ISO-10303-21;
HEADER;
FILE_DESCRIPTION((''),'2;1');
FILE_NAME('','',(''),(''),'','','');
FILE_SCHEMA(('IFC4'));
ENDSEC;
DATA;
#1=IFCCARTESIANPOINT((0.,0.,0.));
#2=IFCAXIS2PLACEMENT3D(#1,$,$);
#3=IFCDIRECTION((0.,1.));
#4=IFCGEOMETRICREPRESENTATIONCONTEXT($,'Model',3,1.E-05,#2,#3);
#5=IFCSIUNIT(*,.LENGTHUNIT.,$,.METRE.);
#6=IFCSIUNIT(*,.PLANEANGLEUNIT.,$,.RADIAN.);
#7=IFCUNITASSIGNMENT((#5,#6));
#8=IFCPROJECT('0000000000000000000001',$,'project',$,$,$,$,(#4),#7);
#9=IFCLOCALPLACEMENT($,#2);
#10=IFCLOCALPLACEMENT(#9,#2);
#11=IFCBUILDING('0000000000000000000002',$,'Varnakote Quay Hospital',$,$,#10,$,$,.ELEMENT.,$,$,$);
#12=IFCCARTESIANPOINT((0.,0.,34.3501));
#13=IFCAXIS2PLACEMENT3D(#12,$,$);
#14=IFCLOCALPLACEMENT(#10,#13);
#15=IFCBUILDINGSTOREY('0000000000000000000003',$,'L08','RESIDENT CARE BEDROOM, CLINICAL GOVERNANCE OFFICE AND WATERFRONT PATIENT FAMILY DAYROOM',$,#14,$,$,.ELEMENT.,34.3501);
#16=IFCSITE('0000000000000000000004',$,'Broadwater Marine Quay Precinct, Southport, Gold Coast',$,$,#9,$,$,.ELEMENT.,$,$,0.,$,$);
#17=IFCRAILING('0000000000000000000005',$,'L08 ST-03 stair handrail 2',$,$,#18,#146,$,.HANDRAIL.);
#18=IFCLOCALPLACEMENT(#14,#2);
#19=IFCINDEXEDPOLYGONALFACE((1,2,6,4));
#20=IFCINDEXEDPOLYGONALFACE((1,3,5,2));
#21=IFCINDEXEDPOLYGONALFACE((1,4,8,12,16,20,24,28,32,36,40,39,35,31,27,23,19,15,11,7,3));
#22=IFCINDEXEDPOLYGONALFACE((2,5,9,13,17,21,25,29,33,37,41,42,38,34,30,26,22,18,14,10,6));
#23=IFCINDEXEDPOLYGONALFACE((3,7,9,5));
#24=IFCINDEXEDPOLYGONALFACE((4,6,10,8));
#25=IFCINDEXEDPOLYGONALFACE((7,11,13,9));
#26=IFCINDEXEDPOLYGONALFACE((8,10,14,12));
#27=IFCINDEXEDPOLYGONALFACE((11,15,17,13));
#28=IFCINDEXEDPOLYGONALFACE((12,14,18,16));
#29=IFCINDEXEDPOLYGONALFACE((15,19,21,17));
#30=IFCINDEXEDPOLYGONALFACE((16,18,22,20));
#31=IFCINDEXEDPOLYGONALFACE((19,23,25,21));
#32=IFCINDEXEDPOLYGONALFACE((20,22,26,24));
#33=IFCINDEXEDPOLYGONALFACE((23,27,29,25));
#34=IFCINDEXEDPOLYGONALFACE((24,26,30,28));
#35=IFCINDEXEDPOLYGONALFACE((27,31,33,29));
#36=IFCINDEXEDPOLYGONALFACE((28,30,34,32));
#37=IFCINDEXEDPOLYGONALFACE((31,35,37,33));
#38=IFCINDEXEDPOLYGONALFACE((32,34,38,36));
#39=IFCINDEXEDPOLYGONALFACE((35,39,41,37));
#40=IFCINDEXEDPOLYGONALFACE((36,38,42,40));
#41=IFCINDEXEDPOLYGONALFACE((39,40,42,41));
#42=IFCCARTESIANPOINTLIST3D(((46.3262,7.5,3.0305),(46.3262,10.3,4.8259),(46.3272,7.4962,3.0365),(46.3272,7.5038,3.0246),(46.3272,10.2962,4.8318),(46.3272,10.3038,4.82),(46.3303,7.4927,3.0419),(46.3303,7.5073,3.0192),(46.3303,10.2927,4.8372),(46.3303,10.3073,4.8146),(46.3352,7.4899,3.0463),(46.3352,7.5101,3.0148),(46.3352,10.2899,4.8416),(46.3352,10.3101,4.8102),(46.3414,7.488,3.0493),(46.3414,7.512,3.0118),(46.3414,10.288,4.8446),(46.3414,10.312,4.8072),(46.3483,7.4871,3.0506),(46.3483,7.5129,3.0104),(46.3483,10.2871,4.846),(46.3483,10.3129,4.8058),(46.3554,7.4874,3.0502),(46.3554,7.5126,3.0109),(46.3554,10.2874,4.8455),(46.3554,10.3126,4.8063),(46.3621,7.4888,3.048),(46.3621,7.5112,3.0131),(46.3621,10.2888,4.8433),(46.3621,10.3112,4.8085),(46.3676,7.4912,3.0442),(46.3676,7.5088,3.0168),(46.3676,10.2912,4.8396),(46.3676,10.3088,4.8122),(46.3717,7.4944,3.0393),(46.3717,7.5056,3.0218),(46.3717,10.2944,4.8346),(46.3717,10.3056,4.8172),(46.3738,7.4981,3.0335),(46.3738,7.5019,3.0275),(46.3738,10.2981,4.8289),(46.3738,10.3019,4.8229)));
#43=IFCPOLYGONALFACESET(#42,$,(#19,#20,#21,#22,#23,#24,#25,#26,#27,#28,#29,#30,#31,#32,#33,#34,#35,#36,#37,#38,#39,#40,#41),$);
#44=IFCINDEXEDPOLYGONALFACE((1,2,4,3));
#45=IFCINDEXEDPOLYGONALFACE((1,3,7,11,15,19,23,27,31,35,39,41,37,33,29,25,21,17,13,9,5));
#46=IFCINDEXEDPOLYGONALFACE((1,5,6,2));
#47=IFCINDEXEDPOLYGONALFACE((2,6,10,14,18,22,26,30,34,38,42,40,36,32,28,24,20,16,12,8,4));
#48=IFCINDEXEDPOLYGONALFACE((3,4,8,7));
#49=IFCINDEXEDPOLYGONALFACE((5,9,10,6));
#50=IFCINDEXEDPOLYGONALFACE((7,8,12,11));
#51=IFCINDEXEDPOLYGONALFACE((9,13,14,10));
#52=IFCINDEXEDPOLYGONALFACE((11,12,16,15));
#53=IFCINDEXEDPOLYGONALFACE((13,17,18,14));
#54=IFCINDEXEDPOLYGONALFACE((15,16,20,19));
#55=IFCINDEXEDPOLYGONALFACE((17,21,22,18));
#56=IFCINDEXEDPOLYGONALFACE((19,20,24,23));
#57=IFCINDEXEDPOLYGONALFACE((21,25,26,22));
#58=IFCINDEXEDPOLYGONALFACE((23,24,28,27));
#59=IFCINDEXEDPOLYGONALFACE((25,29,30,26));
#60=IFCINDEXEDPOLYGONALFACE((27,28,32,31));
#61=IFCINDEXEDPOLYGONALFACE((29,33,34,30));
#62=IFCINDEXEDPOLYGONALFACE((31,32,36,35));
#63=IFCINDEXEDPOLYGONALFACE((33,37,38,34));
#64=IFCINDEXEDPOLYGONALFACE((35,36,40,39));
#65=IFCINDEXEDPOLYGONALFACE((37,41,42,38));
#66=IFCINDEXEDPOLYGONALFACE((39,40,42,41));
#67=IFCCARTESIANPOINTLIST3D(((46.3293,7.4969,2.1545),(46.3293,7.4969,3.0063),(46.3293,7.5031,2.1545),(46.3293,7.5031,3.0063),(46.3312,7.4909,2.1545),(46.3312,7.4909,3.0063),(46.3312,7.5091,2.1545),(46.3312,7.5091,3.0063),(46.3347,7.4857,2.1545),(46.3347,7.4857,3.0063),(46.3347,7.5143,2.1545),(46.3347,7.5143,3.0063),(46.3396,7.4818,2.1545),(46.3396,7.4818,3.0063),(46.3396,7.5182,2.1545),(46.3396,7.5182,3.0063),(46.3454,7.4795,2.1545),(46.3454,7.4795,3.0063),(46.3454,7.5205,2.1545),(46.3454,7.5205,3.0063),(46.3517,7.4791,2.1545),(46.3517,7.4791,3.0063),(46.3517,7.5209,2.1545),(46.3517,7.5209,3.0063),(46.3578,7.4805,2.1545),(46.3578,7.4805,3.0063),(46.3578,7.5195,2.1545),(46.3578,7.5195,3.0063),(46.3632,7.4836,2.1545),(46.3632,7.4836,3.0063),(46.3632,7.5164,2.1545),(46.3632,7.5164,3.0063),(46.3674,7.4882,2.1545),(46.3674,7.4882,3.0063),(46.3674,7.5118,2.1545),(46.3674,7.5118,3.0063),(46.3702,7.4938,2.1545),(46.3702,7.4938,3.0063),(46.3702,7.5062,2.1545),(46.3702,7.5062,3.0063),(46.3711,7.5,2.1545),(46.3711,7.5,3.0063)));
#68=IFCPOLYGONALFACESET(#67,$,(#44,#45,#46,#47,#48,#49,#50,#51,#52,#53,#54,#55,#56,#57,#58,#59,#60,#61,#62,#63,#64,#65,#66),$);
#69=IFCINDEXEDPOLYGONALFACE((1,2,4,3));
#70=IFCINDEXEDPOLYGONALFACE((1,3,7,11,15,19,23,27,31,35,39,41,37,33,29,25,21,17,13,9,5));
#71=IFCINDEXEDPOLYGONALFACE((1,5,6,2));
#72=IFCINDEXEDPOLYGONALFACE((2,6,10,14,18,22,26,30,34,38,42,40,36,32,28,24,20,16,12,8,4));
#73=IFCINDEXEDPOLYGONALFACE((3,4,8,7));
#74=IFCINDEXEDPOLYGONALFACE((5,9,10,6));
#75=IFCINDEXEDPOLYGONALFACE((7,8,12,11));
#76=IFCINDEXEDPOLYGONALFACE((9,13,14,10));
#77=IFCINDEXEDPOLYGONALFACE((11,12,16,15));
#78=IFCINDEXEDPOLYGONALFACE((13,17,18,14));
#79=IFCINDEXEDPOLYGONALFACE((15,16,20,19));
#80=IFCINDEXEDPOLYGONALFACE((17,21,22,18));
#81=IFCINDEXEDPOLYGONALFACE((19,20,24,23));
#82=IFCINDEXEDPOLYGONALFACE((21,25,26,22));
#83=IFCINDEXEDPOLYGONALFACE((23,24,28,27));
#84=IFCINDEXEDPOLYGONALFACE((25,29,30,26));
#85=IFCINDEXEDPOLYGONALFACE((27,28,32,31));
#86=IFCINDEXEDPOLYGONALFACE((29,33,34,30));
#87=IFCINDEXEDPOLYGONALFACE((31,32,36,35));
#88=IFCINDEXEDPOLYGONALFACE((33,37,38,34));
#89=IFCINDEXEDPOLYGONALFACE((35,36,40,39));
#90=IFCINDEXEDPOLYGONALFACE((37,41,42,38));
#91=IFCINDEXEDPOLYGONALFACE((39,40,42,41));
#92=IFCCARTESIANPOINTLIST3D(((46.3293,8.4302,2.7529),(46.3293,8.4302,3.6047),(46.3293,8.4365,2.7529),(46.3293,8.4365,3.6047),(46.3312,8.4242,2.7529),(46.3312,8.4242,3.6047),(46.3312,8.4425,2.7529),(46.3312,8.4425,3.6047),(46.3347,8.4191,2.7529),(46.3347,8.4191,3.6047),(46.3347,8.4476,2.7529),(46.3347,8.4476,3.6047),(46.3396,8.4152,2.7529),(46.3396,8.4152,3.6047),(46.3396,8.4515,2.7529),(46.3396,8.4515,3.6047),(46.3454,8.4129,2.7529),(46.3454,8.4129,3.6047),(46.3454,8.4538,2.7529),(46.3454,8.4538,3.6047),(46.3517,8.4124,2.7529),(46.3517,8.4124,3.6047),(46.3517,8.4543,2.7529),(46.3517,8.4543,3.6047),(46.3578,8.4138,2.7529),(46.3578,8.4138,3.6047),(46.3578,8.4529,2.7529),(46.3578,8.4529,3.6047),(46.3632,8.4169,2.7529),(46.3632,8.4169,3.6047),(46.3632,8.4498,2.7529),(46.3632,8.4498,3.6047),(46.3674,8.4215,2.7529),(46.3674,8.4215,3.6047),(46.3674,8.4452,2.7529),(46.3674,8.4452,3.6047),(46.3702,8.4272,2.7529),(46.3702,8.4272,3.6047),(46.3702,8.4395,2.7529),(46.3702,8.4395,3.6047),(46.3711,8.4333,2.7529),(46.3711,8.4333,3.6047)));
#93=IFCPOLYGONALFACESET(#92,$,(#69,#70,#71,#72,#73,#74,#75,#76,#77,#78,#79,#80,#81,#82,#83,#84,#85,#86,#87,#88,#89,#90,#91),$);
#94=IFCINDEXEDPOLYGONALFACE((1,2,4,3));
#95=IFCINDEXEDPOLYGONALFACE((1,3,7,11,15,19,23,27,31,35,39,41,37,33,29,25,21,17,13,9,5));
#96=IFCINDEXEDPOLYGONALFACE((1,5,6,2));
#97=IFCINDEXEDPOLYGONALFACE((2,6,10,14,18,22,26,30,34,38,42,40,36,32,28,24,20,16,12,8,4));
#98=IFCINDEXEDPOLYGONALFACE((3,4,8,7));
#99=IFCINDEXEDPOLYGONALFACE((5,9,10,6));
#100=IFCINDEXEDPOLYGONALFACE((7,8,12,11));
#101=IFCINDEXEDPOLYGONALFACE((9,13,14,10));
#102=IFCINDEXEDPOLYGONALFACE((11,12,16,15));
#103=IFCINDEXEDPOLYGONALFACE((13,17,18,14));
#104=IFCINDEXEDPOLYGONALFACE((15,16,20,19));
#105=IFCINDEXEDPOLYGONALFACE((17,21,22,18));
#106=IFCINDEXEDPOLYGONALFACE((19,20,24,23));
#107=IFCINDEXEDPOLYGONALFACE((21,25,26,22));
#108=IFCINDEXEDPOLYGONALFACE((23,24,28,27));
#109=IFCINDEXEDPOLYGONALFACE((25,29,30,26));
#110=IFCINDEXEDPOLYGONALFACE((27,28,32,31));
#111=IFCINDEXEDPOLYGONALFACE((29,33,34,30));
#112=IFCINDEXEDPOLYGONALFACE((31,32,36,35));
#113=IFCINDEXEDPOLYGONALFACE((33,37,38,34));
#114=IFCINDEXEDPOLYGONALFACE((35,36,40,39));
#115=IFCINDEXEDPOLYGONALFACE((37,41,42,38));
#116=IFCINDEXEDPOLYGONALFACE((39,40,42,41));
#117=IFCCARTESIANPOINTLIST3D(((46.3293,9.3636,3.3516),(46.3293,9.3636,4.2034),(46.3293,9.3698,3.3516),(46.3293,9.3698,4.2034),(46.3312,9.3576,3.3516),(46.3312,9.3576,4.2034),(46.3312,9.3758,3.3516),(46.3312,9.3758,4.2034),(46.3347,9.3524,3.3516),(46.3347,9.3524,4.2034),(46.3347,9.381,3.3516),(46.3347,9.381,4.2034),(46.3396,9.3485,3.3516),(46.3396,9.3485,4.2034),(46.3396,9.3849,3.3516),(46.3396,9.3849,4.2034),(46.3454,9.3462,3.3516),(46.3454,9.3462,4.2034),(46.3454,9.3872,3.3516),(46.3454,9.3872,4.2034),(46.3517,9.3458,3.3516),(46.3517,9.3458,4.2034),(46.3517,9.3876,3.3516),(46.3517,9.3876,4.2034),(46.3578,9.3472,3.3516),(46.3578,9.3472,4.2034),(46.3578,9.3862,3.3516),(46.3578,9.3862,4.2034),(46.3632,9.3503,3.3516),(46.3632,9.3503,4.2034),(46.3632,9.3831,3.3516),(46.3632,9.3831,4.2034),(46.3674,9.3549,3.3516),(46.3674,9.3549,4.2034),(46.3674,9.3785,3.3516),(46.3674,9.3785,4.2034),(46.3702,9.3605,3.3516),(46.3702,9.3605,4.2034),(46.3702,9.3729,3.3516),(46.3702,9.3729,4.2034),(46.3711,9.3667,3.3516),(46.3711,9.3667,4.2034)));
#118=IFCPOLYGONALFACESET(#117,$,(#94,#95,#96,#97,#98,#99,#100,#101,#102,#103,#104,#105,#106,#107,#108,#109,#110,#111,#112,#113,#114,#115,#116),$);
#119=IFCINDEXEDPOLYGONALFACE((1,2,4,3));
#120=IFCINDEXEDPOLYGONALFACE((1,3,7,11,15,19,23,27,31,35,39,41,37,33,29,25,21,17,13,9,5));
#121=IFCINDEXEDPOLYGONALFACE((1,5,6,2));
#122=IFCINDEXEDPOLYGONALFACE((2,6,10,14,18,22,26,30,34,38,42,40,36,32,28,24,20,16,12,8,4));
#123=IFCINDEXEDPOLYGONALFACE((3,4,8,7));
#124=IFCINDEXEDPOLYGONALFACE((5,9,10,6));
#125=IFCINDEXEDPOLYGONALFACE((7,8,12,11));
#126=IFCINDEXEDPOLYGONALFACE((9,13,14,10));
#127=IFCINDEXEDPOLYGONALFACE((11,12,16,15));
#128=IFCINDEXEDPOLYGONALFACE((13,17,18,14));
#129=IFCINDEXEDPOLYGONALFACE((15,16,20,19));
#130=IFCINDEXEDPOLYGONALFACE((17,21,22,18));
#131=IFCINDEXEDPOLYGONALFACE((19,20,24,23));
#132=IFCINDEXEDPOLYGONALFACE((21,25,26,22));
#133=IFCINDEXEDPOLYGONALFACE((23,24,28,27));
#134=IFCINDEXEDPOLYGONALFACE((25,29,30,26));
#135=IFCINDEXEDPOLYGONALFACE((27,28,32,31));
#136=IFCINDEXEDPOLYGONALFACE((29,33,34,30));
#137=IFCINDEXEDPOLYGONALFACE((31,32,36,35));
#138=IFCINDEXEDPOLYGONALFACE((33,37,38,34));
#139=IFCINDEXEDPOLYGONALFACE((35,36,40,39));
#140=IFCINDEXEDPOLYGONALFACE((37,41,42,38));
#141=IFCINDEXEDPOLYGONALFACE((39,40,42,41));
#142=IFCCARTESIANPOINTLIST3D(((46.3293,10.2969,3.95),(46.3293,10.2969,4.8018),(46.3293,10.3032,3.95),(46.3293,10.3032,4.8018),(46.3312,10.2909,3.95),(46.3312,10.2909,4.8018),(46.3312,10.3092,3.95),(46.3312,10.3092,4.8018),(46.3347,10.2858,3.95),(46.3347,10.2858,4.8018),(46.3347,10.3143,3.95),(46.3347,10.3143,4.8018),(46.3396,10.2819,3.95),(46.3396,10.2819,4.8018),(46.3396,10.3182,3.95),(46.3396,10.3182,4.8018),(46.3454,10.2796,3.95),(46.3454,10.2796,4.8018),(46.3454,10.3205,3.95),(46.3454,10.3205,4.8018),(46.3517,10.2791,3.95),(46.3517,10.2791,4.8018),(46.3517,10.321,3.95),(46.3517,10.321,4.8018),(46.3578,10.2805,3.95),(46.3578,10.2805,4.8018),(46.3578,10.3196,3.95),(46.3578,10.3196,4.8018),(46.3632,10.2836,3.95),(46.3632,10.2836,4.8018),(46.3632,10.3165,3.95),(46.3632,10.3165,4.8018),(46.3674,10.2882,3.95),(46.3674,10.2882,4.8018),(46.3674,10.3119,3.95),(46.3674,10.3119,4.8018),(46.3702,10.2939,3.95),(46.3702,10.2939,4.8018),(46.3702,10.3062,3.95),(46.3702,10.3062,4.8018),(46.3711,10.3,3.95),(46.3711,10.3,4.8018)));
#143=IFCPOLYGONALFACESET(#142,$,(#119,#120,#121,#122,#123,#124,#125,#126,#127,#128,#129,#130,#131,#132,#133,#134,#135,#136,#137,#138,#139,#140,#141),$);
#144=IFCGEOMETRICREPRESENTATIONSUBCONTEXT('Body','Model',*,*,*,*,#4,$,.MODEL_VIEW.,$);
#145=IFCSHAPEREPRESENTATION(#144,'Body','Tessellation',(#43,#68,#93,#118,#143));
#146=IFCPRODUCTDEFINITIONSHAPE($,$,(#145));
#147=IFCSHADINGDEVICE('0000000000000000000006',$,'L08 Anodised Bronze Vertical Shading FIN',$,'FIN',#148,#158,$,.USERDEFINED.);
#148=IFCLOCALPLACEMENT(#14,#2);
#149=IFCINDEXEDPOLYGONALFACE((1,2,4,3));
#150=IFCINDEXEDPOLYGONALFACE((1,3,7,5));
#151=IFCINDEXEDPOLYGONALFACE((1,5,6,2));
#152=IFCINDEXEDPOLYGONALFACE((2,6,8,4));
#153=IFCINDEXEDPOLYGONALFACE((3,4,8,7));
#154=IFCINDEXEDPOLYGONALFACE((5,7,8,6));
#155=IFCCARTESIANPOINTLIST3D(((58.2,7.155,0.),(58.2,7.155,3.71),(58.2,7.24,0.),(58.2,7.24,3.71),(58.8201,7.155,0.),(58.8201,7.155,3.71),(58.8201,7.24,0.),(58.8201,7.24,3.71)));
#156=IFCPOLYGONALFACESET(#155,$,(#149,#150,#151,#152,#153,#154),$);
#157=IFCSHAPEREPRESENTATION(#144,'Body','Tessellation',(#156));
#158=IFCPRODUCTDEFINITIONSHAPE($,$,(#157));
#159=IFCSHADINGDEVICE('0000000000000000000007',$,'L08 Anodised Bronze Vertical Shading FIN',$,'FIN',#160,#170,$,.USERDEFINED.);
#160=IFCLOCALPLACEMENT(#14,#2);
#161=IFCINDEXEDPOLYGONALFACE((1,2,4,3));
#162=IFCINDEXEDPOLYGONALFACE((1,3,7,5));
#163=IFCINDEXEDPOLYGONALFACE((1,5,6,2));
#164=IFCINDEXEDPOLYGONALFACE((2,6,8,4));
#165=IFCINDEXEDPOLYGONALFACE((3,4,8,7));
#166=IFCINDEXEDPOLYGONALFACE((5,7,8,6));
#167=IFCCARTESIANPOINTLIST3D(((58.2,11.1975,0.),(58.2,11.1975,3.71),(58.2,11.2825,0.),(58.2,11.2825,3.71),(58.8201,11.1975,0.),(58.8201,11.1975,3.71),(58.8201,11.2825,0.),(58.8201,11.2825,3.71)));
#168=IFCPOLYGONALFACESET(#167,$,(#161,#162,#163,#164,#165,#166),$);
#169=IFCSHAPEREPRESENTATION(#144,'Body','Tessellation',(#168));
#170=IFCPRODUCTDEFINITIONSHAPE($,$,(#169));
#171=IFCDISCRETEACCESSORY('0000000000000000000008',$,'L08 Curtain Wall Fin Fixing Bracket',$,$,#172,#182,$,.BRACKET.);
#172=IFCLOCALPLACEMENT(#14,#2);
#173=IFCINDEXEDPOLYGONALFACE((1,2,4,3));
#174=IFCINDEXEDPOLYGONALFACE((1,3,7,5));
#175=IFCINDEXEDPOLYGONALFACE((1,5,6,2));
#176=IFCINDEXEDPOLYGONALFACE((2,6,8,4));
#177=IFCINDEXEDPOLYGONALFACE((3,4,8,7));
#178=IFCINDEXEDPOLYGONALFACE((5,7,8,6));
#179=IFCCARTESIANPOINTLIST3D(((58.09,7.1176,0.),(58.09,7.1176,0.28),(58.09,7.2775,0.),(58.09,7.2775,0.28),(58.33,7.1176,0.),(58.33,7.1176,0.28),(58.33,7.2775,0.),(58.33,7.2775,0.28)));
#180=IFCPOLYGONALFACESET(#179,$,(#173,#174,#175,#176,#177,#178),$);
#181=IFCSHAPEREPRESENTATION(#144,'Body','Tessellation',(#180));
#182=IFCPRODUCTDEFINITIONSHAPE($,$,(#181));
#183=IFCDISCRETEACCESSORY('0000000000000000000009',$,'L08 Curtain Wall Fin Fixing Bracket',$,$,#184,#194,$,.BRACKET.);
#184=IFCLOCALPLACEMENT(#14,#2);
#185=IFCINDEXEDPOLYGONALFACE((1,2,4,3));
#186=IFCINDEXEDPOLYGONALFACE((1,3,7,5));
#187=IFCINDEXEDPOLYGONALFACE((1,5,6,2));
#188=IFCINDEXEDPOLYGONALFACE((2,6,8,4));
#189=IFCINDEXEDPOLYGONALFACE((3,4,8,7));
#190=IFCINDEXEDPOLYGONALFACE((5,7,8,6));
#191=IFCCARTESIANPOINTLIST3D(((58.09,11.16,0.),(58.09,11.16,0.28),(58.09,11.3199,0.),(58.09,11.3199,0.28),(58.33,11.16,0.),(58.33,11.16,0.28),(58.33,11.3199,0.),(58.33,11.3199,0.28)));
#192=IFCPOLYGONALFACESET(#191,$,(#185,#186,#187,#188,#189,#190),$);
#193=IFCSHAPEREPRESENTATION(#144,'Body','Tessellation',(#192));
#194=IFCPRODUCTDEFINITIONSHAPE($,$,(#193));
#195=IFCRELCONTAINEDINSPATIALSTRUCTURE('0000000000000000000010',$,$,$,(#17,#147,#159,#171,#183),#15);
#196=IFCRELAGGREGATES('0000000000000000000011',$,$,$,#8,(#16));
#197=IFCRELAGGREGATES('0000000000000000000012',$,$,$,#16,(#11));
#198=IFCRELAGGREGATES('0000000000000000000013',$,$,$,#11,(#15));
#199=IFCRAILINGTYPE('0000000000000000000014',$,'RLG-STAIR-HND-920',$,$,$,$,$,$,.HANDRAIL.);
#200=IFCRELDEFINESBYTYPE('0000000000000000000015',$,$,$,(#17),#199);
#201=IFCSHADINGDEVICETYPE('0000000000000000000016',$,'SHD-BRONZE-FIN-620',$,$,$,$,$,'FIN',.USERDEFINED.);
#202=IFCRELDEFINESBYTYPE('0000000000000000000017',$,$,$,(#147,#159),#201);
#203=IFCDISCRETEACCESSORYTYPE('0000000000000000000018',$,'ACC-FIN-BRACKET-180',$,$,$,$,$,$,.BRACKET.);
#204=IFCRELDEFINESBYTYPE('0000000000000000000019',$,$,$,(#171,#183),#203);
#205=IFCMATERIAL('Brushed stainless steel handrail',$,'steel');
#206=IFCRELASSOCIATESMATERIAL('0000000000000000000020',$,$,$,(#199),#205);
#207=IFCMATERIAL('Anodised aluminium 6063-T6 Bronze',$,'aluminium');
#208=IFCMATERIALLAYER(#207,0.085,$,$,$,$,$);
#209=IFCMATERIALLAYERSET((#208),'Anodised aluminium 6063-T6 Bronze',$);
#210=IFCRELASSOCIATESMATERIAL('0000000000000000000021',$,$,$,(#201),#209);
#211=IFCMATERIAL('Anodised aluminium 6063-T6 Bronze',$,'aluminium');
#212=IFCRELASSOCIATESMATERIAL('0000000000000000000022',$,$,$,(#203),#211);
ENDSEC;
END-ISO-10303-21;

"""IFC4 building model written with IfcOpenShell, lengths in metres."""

from ifc_helpers import new_model, si_unit, direction, frame, origin, origin_2d, place, context, subcontext, project, spatial, rectangle, circle, extrude, material, layer, layer_set, type_object, element, save


model = new_model("IFC4")

# Units and contexts
model_context = context("Model", 3, precision=1e-05, world=origin(), true_north=direction((0.0, 1.0)))
body_context = subcontext(model_context, "Body", "Model", "MODEL_VIEW")
ifc_project = project(units=[si_unit("LENGTHUNIT", "METRE"), si_unit("PLANEANGLEUNIT", "RADIAN")], contexts=[model_context])

# Site, building, storey
site_placement = place(None, origin())
site = spatial("IfcSite", under=ifc_project, at=site_placement, Name="Broadwater Marine Quay Precinct, Southport, Gold Coast", CompositionType="ELEMENT", RefElevation=0.0)
building_placement = place(site_placement, origin())
building = spatial("IfcBuilding", under=site, at=building_placement, Name="Varnakote Quay Hospital", CompositionType="ELEMENT")
storey_placement = place(building_placement, frame((0.0, 0.0, 34.3501)))
storey = spatial("IfcBuildingStorey", under=building, at=storey_placement, Name="L08", Description="RESIDENT CARE BEDROOM, CLINICAL GOVERNANCE OFFICE AND WATERFRONT PATIENT FAMILY DAYROOM", CompositionType="ELEMENT", Elevation=34.3501)

# Railing
ifc_material_1 = material(Name="Brushed stainless steel handrail", Category="steel")
railing_type = type_object("IfcRailingType", Name="RLG-STAIR-HND-920", PredefinedType="HANDRAIL", material=ifc_material_1)
railing_placement = place(storey_placement, frame((46.3501, 7.5, 2.1545)))
element("IfcRailing", 1, at=railing_placement, inside=storey, type_object=railing_type, Name="L08 ST-03 stair handrail 2", PredefinedType="HANDRAIL", context=body_context, shape_type="SweptSolid", body=[
    extrude(circle(Radius=0.0239, at=origin_2d()), frame((0.0, 0.0, 0.876), z_axis=(0.0, 0.84181, 0.539774), x_axis=(-1.0, 0.0, 0.0)), (0.0, 0.0, 1.0), 3.3262),
    extrude(circle(Radius=0.021, at=origin_2d()), origin(), (0.0, 0.0, 1.0), 0.8518),
    extrude(circle(Radius=0.021, at=origin_2d()), frame((0.0, 0.9333, 0.5984)), (0.0, 0.0, 1.0), 0.8518),
    extrude(circle(Radius=0.021, at=origin_2d()), frame((0.0, 1.8667, 1.197)), (0.0, 0.0, 1.0), 0.8518),
    extrude(circle(Radius=0.021, at=origin_2d()), frame((0.0, 2.8, 1.7954)), (0.0, 0.0, 1.0), 0.8518),
])

# Shading devices
ifc_material_2 = material(Name="Anodised aluminium 6063-T6 Bronze", Category="aluminium")
ifc_layer_1 = layer(ifc_material_2, 0.085)
ifc_layer_set_1 = layer_set([ifc_layer_1], Name="Anodised aluminium 6063-T6 Bronze")
shading_device_type = type_object("IfcShadingDeviceType", Name="SHD-BRONZE-FIN-620", ElementType="FIN", PredefinedType="USERDEFINED", material=ifc_layer_set_1)
for number, where, z_axis, x_axis, name in (
    (2, (58.51, 7.1975, 0.0), (0.0, 0.0, 1.0), (-1.0, 0.0, 0.0), "L08 Anodised Bronze Vertical Shading FIN"),
    (3, (58.51, 11.24, 0.0), (0.0, 0.0, 1.0), (-1.0, 0.0, 0.0), "L08 Anodised Bronze Vertical Shading FIN"),
):
    element("IfcShadingDevice", number, at=place(storey_placement, frame(where, z_axis=z_axis, x_axis=x_axis)), inside=storey, type_object=shading_device_type, Name=name, ObjectType="FIN", PredefinedType="USERDEFINED", context=body_context, shape_type="SweptSolid", body=[
        extrude(rectangle(XDim=0.6201, YDim=0.085, at=origin_2d()), origin(), (0.0, 0.0, 1.0), 3.71),
    ])

# Discrete accessories
ifc_material_3 = material(Name="Anodised aluminium 6063-T6 Bronze", Category="aluminium")
discrete_accessory_type = type_object("IfcDiscreteAccessoryType", Name="ACC-FIN-BRACKET-180", PredefinedType="BRACKET", material=ifc_material_3)
for number, where, z_axis, x_axis, name in (
    (4, (58.21, 7.1975, 0.0), (0.0, 0.0, 1.0), (0.0, 1.0, 0.0), "L08 Curtain Wall Fin Fixing Bracket"),
    (5, (58.21, 11.24, 0.0), (0.0, 0.0, 1.0), (0.0, 1.0, 0.0), "L08 Curtain Wall Fin Fixing Bracket"),
):
    element("IfcDiscreteAccessory", number, at=place(storey_placement, frame(where, z_axis=z_axis, x_axis=x_axis)), inside=storey, type_object=discrete_accessory_type, Name=name, PredefinedType="BRACKET", context=body_context, shape_type="SweptSolid", body=[
        extrude(rectangle(XDim=0.1599, YDim=0.24, at=origin_2d()), origin(), (0.0, 0.0, 1.0), 0.28),
    ])

save(model, "model.ifc")
